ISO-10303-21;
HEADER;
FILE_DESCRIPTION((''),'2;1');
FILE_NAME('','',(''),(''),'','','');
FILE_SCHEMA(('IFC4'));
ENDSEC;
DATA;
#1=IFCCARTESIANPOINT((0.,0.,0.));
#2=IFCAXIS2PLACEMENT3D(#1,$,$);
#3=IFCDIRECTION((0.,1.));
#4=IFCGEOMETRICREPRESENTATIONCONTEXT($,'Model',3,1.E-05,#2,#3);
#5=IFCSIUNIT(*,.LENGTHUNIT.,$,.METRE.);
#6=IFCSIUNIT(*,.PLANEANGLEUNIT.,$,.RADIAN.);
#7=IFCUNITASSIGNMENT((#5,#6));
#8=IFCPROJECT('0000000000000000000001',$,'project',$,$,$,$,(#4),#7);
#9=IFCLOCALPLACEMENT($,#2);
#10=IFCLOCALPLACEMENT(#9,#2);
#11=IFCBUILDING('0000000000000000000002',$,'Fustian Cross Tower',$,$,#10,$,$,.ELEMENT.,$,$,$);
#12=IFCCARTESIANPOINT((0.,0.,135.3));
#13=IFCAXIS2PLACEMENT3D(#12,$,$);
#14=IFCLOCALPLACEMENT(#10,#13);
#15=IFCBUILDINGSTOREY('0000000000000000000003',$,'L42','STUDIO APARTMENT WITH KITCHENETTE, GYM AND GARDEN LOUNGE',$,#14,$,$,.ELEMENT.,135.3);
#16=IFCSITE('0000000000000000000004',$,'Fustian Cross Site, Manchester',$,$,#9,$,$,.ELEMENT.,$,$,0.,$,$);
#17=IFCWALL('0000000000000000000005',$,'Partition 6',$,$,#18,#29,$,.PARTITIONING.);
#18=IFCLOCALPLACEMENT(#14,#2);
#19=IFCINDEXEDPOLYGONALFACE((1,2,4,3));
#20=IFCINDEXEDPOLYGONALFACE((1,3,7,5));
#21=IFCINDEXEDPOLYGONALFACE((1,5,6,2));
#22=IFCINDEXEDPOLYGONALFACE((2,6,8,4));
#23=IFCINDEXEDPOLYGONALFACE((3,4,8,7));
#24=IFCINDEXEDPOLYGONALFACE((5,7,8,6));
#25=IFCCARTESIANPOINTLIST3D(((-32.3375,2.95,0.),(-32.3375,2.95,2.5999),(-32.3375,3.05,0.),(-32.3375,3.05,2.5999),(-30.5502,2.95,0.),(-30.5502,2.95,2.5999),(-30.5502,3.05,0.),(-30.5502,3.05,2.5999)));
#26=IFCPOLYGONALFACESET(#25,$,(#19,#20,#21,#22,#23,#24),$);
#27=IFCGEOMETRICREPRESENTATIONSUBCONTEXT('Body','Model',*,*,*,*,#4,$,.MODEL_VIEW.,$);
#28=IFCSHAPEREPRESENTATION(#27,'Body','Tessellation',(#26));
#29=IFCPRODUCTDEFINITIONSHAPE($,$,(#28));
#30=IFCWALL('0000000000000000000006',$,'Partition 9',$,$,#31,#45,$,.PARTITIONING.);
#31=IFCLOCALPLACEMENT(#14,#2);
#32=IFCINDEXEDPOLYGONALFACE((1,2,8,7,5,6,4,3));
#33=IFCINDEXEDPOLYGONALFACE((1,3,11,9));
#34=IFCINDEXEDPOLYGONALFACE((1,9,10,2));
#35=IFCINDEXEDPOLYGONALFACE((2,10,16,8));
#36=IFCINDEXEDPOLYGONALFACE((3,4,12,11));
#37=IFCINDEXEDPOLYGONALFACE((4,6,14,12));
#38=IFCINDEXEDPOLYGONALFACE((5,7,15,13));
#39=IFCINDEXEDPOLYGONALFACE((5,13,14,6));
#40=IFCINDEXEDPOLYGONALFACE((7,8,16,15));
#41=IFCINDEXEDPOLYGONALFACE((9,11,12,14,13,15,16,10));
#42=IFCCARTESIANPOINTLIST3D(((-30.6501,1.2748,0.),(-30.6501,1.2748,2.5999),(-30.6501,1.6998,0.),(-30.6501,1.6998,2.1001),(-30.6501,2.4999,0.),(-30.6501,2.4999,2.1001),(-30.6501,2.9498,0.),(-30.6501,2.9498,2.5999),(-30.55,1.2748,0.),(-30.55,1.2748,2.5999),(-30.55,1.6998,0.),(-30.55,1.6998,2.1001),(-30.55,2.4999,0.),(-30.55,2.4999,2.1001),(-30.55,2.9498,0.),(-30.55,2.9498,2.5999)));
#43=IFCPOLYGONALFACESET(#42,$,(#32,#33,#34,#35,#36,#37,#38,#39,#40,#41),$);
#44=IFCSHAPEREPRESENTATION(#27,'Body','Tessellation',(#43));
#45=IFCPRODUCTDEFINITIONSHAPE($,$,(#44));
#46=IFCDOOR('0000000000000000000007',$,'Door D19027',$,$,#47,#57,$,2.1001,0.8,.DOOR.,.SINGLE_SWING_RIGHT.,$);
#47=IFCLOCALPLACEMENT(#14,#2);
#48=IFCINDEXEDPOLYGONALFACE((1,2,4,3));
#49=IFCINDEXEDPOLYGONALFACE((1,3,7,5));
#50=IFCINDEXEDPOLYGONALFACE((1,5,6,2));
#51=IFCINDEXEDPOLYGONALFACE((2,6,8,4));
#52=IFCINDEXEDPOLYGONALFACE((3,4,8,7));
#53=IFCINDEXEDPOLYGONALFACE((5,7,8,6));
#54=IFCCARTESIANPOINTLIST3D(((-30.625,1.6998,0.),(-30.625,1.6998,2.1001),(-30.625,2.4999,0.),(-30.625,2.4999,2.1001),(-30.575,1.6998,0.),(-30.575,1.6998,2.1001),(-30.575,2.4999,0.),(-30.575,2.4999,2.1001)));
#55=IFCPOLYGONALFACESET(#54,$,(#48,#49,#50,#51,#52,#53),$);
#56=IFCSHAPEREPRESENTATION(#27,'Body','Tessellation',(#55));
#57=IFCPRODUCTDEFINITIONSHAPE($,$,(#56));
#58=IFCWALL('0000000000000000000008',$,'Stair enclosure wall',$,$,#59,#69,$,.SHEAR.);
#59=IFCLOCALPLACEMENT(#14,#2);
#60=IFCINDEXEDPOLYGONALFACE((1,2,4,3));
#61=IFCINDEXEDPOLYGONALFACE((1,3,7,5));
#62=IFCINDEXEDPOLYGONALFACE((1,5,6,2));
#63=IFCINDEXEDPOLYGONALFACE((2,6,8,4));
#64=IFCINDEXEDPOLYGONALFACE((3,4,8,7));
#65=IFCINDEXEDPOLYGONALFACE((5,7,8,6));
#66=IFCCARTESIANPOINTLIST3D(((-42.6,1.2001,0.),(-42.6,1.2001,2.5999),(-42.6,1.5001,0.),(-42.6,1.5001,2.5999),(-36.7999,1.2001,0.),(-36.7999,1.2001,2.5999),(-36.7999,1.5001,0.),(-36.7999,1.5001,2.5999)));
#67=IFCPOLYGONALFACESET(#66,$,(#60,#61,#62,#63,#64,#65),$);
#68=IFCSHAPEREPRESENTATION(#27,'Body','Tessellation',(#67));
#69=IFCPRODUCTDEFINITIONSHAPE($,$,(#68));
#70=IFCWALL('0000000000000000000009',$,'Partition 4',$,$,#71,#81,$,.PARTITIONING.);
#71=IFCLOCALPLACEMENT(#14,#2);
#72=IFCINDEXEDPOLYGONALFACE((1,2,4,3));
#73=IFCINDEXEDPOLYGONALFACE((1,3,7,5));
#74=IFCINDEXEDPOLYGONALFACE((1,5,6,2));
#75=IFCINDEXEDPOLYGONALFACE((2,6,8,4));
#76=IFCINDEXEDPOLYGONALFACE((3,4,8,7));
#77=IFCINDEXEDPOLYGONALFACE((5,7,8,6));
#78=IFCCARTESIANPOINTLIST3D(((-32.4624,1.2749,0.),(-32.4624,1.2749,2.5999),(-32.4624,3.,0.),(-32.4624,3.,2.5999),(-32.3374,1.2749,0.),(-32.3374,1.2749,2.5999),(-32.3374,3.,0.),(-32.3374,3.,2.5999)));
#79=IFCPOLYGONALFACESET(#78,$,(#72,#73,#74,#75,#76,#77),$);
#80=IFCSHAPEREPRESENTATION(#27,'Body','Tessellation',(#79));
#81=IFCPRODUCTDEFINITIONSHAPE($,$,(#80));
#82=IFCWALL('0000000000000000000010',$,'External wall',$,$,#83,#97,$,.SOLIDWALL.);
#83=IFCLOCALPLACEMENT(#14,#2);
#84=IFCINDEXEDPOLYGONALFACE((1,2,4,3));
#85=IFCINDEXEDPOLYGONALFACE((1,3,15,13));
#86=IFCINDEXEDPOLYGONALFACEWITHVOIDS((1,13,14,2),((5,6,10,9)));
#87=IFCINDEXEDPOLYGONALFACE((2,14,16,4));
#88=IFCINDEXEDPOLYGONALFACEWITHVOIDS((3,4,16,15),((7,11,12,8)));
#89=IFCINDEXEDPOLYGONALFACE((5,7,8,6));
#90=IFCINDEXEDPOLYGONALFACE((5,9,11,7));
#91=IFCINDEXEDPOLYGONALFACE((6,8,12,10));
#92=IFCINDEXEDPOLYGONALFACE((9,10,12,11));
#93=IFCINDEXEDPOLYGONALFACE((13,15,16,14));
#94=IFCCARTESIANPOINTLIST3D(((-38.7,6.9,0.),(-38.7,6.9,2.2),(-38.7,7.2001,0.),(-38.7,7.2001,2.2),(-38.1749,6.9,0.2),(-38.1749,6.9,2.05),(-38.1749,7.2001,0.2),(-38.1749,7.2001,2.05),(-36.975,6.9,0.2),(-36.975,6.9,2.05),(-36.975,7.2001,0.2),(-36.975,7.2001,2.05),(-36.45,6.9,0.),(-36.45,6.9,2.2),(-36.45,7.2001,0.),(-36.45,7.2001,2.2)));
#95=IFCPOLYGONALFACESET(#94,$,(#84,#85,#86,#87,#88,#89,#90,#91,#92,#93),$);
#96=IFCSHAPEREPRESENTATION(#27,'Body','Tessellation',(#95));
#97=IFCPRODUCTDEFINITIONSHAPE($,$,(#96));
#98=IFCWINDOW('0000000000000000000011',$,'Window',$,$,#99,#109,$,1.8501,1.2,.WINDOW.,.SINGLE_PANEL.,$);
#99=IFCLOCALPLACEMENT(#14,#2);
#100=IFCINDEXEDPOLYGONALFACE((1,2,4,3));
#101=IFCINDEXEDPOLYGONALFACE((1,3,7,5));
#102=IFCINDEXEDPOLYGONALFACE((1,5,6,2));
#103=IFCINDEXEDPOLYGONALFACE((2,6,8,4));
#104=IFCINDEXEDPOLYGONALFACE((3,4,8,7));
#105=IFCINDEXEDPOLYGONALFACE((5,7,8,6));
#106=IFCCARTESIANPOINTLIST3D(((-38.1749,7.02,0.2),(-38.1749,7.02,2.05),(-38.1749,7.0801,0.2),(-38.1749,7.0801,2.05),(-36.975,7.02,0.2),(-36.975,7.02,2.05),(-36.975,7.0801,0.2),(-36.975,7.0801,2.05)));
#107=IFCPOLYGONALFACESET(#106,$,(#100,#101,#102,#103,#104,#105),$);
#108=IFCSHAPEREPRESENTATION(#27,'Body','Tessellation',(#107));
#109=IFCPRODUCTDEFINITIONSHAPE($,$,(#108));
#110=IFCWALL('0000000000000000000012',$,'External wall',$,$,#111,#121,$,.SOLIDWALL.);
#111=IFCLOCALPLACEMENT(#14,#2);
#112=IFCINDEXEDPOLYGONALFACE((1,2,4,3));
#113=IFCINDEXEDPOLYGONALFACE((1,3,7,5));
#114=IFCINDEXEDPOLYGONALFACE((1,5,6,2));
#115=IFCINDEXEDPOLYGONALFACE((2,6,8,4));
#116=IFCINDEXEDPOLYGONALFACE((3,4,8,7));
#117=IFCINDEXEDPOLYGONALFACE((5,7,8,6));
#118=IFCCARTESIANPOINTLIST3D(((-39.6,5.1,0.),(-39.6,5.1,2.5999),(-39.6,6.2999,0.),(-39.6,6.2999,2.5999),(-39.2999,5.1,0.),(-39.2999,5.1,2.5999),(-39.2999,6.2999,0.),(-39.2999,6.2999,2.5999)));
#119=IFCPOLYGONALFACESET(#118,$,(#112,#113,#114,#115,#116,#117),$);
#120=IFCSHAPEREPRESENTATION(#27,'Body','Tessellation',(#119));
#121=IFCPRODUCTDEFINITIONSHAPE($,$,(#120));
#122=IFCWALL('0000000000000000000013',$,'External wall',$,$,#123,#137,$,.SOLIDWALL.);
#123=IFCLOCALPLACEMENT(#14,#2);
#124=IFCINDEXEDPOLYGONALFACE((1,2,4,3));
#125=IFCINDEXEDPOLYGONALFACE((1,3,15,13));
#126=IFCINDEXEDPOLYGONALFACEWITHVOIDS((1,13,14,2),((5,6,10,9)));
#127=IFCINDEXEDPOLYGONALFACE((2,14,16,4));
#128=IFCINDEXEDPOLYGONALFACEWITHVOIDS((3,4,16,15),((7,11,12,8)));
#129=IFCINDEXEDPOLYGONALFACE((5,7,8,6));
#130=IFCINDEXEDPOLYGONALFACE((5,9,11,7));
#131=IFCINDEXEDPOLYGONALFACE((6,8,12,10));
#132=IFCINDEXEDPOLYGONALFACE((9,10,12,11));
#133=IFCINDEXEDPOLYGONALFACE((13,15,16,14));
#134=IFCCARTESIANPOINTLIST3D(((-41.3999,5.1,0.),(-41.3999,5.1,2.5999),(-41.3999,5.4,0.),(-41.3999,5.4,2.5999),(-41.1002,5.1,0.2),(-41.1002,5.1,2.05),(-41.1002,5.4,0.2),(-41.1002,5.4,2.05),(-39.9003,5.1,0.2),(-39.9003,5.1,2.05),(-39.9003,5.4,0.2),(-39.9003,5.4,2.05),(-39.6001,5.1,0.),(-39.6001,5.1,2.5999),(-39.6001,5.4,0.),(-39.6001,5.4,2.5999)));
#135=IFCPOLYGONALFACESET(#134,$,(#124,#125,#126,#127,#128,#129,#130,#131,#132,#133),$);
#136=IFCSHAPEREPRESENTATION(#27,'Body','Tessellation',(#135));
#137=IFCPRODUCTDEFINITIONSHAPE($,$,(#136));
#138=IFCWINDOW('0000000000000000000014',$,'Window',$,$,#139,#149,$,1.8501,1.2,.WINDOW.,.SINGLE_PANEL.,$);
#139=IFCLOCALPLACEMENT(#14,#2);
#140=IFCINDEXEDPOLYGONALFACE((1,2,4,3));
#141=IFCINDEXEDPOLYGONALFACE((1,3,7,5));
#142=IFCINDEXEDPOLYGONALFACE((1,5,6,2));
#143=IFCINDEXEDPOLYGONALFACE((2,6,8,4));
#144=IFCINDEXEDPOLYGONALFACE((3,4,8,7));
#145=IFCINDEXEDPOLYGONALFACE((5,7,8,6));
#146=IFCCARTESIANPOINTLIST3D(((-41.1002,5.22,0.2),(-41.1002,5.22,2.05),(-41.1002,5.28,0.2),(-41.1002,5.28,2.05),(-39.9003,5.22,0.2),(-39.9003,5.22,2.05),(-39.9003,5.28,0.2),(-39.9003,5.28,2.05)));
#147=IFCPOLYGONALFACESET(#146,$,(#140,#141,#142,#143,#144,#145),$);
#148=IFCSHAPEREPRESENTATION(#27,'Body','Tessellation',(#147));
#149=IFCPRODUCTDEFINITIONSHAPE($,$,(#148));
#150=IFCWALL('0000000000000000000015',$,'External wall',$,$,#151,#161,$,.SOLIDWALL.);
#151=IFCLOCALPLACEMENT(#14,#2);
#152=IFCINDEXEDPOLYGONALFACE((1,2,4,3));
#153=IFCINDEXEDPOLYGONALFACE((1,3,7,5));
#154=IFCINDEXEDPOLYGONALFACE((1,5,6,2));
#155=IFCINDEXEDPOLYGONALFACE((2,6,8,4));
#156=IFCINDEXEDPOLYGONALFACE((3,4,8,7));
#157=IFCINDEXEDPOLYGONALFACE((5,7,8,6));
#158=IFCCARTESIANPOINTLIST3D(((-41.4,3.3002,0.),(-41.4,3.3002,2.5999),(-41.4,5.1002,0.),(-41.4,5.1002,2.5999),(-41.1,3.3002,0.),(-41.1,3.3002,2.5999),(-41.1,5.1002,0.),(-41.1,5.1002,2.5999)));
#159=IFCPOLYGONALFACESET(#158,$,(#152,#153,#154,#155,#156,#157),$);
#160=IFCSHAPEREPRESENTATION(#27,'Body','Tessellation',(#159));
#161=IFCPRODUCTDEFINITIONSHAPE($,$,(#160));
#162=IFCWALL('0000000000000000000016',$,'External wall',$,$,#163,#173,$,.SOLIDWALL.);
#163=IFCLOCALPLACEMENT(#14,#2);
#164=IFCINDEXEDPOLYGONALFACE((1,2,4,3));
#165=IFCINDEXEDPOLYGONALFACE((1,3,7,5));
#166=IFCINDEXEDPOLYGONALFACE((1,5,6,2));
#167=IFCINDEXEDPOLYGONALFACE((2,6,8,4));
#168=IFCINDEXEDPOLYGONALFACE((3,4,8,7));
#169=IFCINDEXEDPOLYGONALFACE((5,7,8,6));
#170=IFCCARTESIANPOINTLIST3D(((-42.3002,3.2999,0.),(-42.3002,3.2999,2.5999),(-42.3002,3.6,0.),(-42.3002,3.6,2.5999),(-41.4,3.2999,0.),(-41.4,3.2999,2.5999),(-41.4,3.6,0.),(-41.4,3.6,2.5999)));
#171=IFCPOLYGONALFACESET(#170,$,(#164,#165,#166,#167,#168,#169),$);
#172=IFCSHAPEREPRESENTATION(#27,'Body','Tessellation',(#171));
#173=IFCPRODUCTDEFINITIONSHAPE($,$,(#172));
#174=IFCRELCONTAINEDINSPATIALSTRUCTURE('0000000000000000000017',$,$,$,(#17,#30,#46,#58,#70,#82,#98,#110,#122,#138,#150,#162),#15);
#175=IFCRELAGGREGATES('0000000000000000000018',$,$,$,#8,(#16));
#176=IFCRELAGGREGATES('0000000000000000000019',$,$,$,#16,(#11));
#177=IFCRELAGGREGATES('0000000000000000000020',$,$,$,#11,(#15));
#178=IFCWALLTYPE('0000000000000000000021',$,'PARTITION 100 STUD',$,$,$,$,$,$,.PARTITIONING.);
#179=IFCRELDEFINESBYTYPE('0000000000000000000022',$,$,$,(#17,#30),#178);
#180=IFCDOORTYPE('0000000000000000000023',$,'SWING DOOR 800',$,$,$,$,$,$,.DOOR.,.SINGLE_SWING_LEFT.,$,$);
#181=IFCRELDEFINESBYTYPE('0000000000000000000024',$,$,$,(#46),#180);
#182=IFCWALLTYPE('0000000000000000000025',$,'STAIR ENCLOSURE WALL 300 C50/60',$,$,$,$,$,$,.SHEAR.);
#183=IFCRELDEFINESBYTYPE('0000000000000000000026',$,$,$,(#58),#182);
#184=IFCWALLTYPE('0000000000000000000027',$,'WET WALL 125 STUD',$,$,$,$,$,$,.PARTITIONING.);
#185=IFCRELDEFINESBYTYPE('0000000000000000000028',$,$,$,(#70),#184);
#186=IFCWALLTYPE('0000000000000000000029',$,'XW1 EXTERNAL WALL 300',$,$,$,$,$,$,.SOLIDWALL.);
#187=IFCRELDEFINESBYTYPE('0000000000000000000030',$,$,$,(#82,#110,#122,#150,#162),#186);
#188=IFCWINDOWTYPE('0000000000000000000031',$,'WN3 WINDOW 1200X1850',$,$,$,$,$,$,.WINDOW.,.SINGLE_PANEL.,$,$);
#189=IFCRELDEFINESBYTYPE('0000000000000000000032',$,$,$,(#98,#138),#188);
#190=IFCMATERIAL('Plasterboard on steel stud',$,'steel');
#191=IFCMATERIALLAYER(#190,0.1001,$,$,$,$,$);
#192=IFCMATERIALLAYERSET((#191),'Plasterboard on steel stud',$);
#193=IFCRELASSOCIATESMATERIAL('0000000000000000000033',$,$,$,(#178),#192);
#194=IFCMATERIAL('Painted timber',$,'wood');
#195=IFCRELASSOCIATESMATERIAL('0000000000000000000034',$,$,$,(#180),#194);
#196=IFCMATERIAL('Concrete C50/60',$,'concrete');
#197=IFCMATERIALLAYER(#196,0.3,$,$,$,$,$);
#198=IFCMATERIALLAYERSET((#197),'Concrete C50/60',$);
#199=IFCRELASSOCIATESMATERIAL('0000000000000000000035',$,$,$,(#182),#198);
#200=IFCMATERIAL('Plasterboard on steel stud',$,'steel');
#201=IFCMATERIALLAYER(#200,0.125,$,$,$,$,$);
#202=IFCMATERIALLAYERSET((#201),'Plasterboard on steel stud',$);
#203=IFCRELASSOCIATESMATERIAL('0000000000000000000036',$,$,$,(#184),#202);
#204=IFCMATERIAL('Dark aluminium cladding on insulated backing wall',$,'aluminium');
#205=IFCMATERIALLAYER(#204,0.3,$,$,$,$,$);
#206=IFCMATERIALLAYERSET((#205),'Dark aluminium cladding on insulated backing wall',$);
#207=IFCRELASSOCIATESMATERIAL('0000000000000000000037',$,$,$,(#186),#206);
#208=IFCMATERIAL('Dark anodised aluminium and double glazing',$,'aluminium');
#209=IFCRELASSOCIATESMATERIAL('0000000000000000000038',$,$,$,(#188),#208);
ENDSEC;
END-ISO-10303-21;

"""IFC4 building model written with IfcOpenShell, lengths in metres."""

from ifc_helpers import new_model, si_unit, direction, frame, frame_2d, origin, place, context, subcontext, project, spatial, rectangle, extrude, material, layer, layer_set, type_object, element, fill, save


model = new_model("IFC4")

# Units and contexts
model_context = context("Model", 3, precision=1e-05, world=origin(), true_north=direction((0.0, 1.0)))
body_context = subcontext(model_context, "Body", "Model", "MODEL_VIEW")
ifc_project = project(units=[si_unit("LENGTHUNIT", "METRE"), si_unit("PLANEANGLEUNIT", "RADIAN")], contexts=[model_context])

# Site, building, storey
site_placement = place(None, origin())
site = spatial("IfcSite", under=ifc_project, at=site_placement, Name="Fustian Cross Site, Manchester", CompositionType="ELEMENT", RefElevation=0.0)
building_placement = place(site_placement, origin())
building = spatial("IfcBuilding", under=site, at=building_placement, Name="Fustian Cross Tower", CompositionType="ELEMENT")
storey_placement = place(building_placement, frame((0.0, 0.0, 135.3)))
storey = spatial("IfcBuildingStorey", under=building, at=storey_placement, Name="L42", Description="STUDIO APARTMENT WITH KITCHENETTE, GYM AND GARDEN LOUNGE", CompositionType="ELEMENT", Elevation=135.3)

# Wall
ifc_material_1 = material(Name="Plasterboard on steel stud", Category="steel")
ifc_layer_1 = layer(ifc_material_1, 0.1001)
ifc_layer_set_1 = layer_set([ifc_layer_1], Name="Plasterboard on steel stud")
wall_type_1 = type_object("IfcWallType", Name="PARTITION 100 STUD", PredefinedType="PARTITIONING", material=ifc_layer_set_1)
wall_1_placement = place(storey_placement, frame((-32.3374, 3.0, 0.0), z_axis=(0.0, 0.0, 1.0), x_axis=(1.0, 0.0, 0.0)))
element("IfcWall", 1, at=wall_1_placement, inside=storey, type_object=wall_type_1, Name="Partition 6", PredefinedType="PARTITIONING", context=body_context, shape_type="SweptSolid", body=[
    extrude(rectangle(XDim=1.7874, YDim=0.1001, at=frame_2d((0.8936, 0.0))), origin(), (0.0, 0.0, 1.0), 2.5999),
])

# Wall, opening, door
wall_2_placement = place(storey_placement, frame((-30.6001, 1.2749, 0.0), z_axis=(0.0, 0.0, 1.0), x_axis=(0.0, 1.0, 0.0)))
wall_2 = element("IfcWall", 2, at=wall_2_placement, inside=storey, type_object=wall_type_1, Name="Partition 9", PredefinedType="PARTITIONING", context=body_context, shape_type="SweptSolid", body=[
    extrude(rectangle(XDim=1.675, YDim=0.1001, at=frame_2d((0.8374, 0.0))), origin(), (0.0, 0.0, 1.0), 2.5999),
])
opening_1_placement = place(wall_2_placement, frame((0.425, 0.0, 0.0)))
opening_1 = element("IfcOpeningElement", 3, at=opening_1_placement, cuts=wall_2, PredefinedType="OPENING", context=body_context, shape_type="SweptSolid", body=[
    extrude(rectangle(XDim=0.8, YDim=2.1001, at=frame_2d((0.3999, 1.05))), frame((0.0, 0.0601, 0.0), z_axis=(0.0, -1.0, 0.0), x_axis=(1.0, 0.0, 0.0)), (0.0, 0.0, 1.0), 0.1201),
])
ifc_material_2 = material(Name="Painted timber", Category="wood")
door_type_1 = type_object("IfcDoorType", Name="SWING DOOR 800", OperationType="SINGLE_SWING_LEFT", PredefinedType="DOOR", material=ifc_material_2)
door_1_placement = place(opening_1_placement, origin())
door_1 = element("IfcDoor", 4, at=door_1_placement, inside=storey, type_object=door_type_1, Name="Door D19027", OperationType="SINGLE_SWING_RIGHT", OverallHeight=2.1001, OverallWidth=0.8, PredefinedType="DOOR", context=body_context, shape_type="SweptSolid", body=[
    extrude(rectangle(XDim=0.8, YDim=2.1001, at=frame_2d((0.3999, 1.05))), frame((0.0, 0.0249, 0.0), z_axis=(0.0, -1.0, 0.0), x_axis=(1.0, 0.0, 0.0)), (0.0, 0.0, 1.0), 0.05),
])
fill(opening_1, door_1)

# Walls
ifc_material_3 = material(Name="Concrete C50/60", Category="concrete")
ifc_layer_2 = layer(ifc_material_3, 0.3)
ifc_layer_set_2 = layer_set([ifc_layer_2], Name="Concrete C50/60")
wall_type_2 = type_object("IfcWallType", Name="STAIR ENCLOSURE WALL 300 C50/60", PredefinedType="SHEAR", material=ifc_layer_set_2)
wall_3_placement = place(storey_placement, frame((-36.8, 1.3501, 0.0), z_axis=(0.0, 0.0, 1.0), x_axis=(-1.0, 0.0, 0.0)))
element("IfcWall", 5, at=wall_3_placement, inside=storey, type_object=wall_type_2, Name="Stair enclosure wall", PredefinedType="SHEAR", context=body_context, shape_type="SweptSolid", body=[
    extrude(rectangle(XDim=5.8, YDim=0.3, at=frame_2d((2.8999, 0.0))), origin(), (0.0, 0.0, 1.0), 2.5999),
])
ifc_material_4 = material(Name="Plasterboard on steel stud", Category="steel")
ifc_layer_3 = layer(ifc_material_4, 0.125)
ifc_layer_set_3 = layer_set([ifc_layer_3], Name="Plasterboard on steel stud")
wall_type_3 = type_object("IfcWallType", Name="WET WALL 125 STUD", PredefinedType="PARTITIONING", material=ifc_layer_set_3)
wall_4_placement = place(storey_placement, frame((-32.3999, 1.2749, 0.0), z_axis=(0.0, 0.0, 1.0), x_axis=(0.0, 1.0, 0.0)))
element("IfcWall", 6, at=wall_4_placement, inside=storey, type_object=wall_type_3, Name="Partition 4", PredefinedType="PARTITIONING", context=body_context, shape_type="SweptSolid", body=[
    extrude(rectangle(XDim=1.7251, YDim=0.125, at=frame_2d((0.8625, 0.0))), origin(), (0.0, 0.0, 1.0), 2.5999),
])

# Wall, opening, window
ifc_material_5 = material(Name="Dark aluminium cladding on insulated backing wall", Category="aluminium")
ifc_layer_4 = layer(ifc_material_5, 0.3)
ifc_layer_set_4 = layer_set([ifc_layer_4], Name="Dark aluminium cladding on insulated backing wall")
wall_type_4 = type_object("IfcWallType", Name="XW1 EXTERNAL WALL 300", PredefinedType="SOLIDWALL", material=ifc_layer_set_4)
wall_5_placement = place(storey_placement, frame((-36.45, 7.05, 0.0), z_axis=(0.0, 0.0, 1.0), x_axis=(-1.0, 0.0, 0.0)))
wall_5 = element("IfcWall", 7, at=wall_5_placement, inside=storey, type_object=wall_type_4, Name="External wall", PredefinedType="SOLIDWALL", context=body_context, shape_type="SweptSolid", body=[
    extrude(rectangle(XDim=2.25, YDim=0.3, at=frame_2d((1.125, 0.0))), origin(), (0.0, 0.0, 1.0), 2.2),
])
opening_2_placement = place(wall_5_placement, frame((0.5249, 0.0, 0.2)))
opening_2 = element("IfcOpeningElement", 8, at=opening_2_placement, cuts=wall_5, PredefinedType="OPENING", context=body_context, shape_type="SweptSolid", body=[
    extrude(rectangle(XDim=1.2, YDim=1.8501, at=frame_2d((0.6001, 0.925))), frame((0.0, 0.1599, 0.0), z_axis=(0.0, -1.0, 0.0), x_axis=(1.0, 0.0, 0.0)), (0.0, 0.0, 1.0), 0.3201),
])
ifc_material_6 = material(Name="Dark anodised aluminium and double glazing", Category="aluminium")
window_type_1 = type_object("IfcWindowType", Name="WN3 WINDOW 1200X1850", PartitioningType="SINGLE_PANEL", PredefinedType="WINDOW", material=ifc_material_6)
window_1_placement = place(opening_2_placement, origin())
window_1 = element("IfcWindow", 9, at=window_1_placement, inside=storey, type_object=window_type_1, Name="Window", OverallHeight=1.8501, OverallWidth=1.2, PartitioningType="SINGLE_PANEL", PredefinedType="WINDOW", context=body_context, shape_type="SweptSolid", body=[
    extrude(rectangle(XDim=1.2, YDim=1.8501, at=frame_2d((0.6001, 0.925))), frame((0.0, 0.03, 0.0), z_axis=(0.0, -1.0, 0.0), x_axis=(1.0, 0.0, 0.0)), (0.0, 0.0, 1.0), 0.0601),
])
fill(opening_2, window_1)

# Wall
wall_6_placement = place(storey_placement, frame((-39.45, 6.3, 0.0), z_axis=(0.0, 0.0, 1.0), x_axis=(0.0, -1.0, 0.0)))
element("IfcWall", 10, at=wall_6_placement, inside=storey, type_object=wall_type_4, Name="External wall", PredefinedType="SOLIDWALL", context=body_context, shape_type="SweptSolid", body=[
    extrude(rectangle(XDim=1.2, YDim=0.3, at=frame_2d((0.6001, 0.0))), origin(), (0.0, 0.0, 1.0), 2.5999),
])

# Wall, opening, window
wall_7_placement = place(storey_placement, frame((-39.6001, 5.25, 0.0), z_axis=(0.0, 0.0, 1.0), x_axis=(-1.0, 0.0, 0.0)))
wall_7 = element("IfcWall", 11, at=wall_7_placement, inside=storey, type_object=wall_type_4, Name="External wall", PredefinedType="SOLIDWALL", context=body_context, shape_type="SweptSolid", body=[
    extrude(rectangle(XDim=1.7998, YDim=0.3, at=frame_2d((0.8999, 0.0))), origin(), (0.0, 0.0, 1.0), 2.5999),
])
opening_3_placement = place(wall_7_placement, frame((0.3, 0.0, 0.2)))
opening_3 = element("IfcOpeningElement", 12, at=opening_3_placement, cuts=wall_7, PredefinedType="OPENING", context=body_context, shape_type="SweptSolid", body=[
    extrude(rectangle(XDim=1.2, YDim=1.8501, at=frame_2d((0.6001, 0.925))), frame((0.0, 0.1599, 0.0), z_axis=(0.0, -1.0, 0.0), x_axis=(1.0, 0.0, 0.0)), (0.0, 0.0, 1.0), 0.3201),
])
window_2_placement = place(opening_3_placement, origin())
window_2 = element("IfcWindow", 13, at=window_2_placement, inside=storey, type_object=window_type_1, Name="Window", OverallHeight=1.8501, OverallWidth=1.2, PartitioningType="SINGLE_PANEL", PredefinedType="WINDOW", context=body_context, shape_type="SweptSolid", body=[
    extrude(rectangle(XDim=1.2, YDim=1.8501, at=frame_2d((0.6001, 0.925))), frame((0.0, 0.03, 0.0), z_axis=(0.0, -1.0, 0.0), x_axis=(1.0, 0.0, 0.0)), (0.0, 0.0, 1.0), 0.0601),
])
fill(opening_3, window_2)

# Walls
wall_8_placement = place(storey_placement, frame((-41.25, 5.1001, 0.0), z_axis=(0.0, 0.0, 1.0), x_axis=(0.0, -1.0, 0.0)))
element("IfcWall", 14, at=wall_8_placement, inside=storey, type_object=wall_type_4, Name="External wall", PredefinedType="SOLIDWALL", context=body_context, shape_type="SweptSolid", body=[
    extrude(rectangle(XDim=1.8, YDim=0.3, at=frame_2d((0.8999, 0.0))), origin(), (0.0, 0.0, 1.0), 2.5999),
])
wall_9_placement = place(storey_placement, frame((-41.3999, 3.45, 0.0), z_axis=(0.0, 0.0, 1.0), x_axis=(-1.0, 0.0, 0.0)))
element("IfcWall", 15, at=wall_9_placement, inside=storey, type_object=wall_type_4, Name="External wall", PredefinedType="SOLIDWALL", context=body_context, shape_type="SweptSolid", body=[
    extrude(rectangle(XDim=0.9001, YDim=0.3, at=frame_2d((0.4502, 0.0))), origin(), (0.0, 0.0, 1.0), 2.5999),
])

save(model, "model.ifc")
